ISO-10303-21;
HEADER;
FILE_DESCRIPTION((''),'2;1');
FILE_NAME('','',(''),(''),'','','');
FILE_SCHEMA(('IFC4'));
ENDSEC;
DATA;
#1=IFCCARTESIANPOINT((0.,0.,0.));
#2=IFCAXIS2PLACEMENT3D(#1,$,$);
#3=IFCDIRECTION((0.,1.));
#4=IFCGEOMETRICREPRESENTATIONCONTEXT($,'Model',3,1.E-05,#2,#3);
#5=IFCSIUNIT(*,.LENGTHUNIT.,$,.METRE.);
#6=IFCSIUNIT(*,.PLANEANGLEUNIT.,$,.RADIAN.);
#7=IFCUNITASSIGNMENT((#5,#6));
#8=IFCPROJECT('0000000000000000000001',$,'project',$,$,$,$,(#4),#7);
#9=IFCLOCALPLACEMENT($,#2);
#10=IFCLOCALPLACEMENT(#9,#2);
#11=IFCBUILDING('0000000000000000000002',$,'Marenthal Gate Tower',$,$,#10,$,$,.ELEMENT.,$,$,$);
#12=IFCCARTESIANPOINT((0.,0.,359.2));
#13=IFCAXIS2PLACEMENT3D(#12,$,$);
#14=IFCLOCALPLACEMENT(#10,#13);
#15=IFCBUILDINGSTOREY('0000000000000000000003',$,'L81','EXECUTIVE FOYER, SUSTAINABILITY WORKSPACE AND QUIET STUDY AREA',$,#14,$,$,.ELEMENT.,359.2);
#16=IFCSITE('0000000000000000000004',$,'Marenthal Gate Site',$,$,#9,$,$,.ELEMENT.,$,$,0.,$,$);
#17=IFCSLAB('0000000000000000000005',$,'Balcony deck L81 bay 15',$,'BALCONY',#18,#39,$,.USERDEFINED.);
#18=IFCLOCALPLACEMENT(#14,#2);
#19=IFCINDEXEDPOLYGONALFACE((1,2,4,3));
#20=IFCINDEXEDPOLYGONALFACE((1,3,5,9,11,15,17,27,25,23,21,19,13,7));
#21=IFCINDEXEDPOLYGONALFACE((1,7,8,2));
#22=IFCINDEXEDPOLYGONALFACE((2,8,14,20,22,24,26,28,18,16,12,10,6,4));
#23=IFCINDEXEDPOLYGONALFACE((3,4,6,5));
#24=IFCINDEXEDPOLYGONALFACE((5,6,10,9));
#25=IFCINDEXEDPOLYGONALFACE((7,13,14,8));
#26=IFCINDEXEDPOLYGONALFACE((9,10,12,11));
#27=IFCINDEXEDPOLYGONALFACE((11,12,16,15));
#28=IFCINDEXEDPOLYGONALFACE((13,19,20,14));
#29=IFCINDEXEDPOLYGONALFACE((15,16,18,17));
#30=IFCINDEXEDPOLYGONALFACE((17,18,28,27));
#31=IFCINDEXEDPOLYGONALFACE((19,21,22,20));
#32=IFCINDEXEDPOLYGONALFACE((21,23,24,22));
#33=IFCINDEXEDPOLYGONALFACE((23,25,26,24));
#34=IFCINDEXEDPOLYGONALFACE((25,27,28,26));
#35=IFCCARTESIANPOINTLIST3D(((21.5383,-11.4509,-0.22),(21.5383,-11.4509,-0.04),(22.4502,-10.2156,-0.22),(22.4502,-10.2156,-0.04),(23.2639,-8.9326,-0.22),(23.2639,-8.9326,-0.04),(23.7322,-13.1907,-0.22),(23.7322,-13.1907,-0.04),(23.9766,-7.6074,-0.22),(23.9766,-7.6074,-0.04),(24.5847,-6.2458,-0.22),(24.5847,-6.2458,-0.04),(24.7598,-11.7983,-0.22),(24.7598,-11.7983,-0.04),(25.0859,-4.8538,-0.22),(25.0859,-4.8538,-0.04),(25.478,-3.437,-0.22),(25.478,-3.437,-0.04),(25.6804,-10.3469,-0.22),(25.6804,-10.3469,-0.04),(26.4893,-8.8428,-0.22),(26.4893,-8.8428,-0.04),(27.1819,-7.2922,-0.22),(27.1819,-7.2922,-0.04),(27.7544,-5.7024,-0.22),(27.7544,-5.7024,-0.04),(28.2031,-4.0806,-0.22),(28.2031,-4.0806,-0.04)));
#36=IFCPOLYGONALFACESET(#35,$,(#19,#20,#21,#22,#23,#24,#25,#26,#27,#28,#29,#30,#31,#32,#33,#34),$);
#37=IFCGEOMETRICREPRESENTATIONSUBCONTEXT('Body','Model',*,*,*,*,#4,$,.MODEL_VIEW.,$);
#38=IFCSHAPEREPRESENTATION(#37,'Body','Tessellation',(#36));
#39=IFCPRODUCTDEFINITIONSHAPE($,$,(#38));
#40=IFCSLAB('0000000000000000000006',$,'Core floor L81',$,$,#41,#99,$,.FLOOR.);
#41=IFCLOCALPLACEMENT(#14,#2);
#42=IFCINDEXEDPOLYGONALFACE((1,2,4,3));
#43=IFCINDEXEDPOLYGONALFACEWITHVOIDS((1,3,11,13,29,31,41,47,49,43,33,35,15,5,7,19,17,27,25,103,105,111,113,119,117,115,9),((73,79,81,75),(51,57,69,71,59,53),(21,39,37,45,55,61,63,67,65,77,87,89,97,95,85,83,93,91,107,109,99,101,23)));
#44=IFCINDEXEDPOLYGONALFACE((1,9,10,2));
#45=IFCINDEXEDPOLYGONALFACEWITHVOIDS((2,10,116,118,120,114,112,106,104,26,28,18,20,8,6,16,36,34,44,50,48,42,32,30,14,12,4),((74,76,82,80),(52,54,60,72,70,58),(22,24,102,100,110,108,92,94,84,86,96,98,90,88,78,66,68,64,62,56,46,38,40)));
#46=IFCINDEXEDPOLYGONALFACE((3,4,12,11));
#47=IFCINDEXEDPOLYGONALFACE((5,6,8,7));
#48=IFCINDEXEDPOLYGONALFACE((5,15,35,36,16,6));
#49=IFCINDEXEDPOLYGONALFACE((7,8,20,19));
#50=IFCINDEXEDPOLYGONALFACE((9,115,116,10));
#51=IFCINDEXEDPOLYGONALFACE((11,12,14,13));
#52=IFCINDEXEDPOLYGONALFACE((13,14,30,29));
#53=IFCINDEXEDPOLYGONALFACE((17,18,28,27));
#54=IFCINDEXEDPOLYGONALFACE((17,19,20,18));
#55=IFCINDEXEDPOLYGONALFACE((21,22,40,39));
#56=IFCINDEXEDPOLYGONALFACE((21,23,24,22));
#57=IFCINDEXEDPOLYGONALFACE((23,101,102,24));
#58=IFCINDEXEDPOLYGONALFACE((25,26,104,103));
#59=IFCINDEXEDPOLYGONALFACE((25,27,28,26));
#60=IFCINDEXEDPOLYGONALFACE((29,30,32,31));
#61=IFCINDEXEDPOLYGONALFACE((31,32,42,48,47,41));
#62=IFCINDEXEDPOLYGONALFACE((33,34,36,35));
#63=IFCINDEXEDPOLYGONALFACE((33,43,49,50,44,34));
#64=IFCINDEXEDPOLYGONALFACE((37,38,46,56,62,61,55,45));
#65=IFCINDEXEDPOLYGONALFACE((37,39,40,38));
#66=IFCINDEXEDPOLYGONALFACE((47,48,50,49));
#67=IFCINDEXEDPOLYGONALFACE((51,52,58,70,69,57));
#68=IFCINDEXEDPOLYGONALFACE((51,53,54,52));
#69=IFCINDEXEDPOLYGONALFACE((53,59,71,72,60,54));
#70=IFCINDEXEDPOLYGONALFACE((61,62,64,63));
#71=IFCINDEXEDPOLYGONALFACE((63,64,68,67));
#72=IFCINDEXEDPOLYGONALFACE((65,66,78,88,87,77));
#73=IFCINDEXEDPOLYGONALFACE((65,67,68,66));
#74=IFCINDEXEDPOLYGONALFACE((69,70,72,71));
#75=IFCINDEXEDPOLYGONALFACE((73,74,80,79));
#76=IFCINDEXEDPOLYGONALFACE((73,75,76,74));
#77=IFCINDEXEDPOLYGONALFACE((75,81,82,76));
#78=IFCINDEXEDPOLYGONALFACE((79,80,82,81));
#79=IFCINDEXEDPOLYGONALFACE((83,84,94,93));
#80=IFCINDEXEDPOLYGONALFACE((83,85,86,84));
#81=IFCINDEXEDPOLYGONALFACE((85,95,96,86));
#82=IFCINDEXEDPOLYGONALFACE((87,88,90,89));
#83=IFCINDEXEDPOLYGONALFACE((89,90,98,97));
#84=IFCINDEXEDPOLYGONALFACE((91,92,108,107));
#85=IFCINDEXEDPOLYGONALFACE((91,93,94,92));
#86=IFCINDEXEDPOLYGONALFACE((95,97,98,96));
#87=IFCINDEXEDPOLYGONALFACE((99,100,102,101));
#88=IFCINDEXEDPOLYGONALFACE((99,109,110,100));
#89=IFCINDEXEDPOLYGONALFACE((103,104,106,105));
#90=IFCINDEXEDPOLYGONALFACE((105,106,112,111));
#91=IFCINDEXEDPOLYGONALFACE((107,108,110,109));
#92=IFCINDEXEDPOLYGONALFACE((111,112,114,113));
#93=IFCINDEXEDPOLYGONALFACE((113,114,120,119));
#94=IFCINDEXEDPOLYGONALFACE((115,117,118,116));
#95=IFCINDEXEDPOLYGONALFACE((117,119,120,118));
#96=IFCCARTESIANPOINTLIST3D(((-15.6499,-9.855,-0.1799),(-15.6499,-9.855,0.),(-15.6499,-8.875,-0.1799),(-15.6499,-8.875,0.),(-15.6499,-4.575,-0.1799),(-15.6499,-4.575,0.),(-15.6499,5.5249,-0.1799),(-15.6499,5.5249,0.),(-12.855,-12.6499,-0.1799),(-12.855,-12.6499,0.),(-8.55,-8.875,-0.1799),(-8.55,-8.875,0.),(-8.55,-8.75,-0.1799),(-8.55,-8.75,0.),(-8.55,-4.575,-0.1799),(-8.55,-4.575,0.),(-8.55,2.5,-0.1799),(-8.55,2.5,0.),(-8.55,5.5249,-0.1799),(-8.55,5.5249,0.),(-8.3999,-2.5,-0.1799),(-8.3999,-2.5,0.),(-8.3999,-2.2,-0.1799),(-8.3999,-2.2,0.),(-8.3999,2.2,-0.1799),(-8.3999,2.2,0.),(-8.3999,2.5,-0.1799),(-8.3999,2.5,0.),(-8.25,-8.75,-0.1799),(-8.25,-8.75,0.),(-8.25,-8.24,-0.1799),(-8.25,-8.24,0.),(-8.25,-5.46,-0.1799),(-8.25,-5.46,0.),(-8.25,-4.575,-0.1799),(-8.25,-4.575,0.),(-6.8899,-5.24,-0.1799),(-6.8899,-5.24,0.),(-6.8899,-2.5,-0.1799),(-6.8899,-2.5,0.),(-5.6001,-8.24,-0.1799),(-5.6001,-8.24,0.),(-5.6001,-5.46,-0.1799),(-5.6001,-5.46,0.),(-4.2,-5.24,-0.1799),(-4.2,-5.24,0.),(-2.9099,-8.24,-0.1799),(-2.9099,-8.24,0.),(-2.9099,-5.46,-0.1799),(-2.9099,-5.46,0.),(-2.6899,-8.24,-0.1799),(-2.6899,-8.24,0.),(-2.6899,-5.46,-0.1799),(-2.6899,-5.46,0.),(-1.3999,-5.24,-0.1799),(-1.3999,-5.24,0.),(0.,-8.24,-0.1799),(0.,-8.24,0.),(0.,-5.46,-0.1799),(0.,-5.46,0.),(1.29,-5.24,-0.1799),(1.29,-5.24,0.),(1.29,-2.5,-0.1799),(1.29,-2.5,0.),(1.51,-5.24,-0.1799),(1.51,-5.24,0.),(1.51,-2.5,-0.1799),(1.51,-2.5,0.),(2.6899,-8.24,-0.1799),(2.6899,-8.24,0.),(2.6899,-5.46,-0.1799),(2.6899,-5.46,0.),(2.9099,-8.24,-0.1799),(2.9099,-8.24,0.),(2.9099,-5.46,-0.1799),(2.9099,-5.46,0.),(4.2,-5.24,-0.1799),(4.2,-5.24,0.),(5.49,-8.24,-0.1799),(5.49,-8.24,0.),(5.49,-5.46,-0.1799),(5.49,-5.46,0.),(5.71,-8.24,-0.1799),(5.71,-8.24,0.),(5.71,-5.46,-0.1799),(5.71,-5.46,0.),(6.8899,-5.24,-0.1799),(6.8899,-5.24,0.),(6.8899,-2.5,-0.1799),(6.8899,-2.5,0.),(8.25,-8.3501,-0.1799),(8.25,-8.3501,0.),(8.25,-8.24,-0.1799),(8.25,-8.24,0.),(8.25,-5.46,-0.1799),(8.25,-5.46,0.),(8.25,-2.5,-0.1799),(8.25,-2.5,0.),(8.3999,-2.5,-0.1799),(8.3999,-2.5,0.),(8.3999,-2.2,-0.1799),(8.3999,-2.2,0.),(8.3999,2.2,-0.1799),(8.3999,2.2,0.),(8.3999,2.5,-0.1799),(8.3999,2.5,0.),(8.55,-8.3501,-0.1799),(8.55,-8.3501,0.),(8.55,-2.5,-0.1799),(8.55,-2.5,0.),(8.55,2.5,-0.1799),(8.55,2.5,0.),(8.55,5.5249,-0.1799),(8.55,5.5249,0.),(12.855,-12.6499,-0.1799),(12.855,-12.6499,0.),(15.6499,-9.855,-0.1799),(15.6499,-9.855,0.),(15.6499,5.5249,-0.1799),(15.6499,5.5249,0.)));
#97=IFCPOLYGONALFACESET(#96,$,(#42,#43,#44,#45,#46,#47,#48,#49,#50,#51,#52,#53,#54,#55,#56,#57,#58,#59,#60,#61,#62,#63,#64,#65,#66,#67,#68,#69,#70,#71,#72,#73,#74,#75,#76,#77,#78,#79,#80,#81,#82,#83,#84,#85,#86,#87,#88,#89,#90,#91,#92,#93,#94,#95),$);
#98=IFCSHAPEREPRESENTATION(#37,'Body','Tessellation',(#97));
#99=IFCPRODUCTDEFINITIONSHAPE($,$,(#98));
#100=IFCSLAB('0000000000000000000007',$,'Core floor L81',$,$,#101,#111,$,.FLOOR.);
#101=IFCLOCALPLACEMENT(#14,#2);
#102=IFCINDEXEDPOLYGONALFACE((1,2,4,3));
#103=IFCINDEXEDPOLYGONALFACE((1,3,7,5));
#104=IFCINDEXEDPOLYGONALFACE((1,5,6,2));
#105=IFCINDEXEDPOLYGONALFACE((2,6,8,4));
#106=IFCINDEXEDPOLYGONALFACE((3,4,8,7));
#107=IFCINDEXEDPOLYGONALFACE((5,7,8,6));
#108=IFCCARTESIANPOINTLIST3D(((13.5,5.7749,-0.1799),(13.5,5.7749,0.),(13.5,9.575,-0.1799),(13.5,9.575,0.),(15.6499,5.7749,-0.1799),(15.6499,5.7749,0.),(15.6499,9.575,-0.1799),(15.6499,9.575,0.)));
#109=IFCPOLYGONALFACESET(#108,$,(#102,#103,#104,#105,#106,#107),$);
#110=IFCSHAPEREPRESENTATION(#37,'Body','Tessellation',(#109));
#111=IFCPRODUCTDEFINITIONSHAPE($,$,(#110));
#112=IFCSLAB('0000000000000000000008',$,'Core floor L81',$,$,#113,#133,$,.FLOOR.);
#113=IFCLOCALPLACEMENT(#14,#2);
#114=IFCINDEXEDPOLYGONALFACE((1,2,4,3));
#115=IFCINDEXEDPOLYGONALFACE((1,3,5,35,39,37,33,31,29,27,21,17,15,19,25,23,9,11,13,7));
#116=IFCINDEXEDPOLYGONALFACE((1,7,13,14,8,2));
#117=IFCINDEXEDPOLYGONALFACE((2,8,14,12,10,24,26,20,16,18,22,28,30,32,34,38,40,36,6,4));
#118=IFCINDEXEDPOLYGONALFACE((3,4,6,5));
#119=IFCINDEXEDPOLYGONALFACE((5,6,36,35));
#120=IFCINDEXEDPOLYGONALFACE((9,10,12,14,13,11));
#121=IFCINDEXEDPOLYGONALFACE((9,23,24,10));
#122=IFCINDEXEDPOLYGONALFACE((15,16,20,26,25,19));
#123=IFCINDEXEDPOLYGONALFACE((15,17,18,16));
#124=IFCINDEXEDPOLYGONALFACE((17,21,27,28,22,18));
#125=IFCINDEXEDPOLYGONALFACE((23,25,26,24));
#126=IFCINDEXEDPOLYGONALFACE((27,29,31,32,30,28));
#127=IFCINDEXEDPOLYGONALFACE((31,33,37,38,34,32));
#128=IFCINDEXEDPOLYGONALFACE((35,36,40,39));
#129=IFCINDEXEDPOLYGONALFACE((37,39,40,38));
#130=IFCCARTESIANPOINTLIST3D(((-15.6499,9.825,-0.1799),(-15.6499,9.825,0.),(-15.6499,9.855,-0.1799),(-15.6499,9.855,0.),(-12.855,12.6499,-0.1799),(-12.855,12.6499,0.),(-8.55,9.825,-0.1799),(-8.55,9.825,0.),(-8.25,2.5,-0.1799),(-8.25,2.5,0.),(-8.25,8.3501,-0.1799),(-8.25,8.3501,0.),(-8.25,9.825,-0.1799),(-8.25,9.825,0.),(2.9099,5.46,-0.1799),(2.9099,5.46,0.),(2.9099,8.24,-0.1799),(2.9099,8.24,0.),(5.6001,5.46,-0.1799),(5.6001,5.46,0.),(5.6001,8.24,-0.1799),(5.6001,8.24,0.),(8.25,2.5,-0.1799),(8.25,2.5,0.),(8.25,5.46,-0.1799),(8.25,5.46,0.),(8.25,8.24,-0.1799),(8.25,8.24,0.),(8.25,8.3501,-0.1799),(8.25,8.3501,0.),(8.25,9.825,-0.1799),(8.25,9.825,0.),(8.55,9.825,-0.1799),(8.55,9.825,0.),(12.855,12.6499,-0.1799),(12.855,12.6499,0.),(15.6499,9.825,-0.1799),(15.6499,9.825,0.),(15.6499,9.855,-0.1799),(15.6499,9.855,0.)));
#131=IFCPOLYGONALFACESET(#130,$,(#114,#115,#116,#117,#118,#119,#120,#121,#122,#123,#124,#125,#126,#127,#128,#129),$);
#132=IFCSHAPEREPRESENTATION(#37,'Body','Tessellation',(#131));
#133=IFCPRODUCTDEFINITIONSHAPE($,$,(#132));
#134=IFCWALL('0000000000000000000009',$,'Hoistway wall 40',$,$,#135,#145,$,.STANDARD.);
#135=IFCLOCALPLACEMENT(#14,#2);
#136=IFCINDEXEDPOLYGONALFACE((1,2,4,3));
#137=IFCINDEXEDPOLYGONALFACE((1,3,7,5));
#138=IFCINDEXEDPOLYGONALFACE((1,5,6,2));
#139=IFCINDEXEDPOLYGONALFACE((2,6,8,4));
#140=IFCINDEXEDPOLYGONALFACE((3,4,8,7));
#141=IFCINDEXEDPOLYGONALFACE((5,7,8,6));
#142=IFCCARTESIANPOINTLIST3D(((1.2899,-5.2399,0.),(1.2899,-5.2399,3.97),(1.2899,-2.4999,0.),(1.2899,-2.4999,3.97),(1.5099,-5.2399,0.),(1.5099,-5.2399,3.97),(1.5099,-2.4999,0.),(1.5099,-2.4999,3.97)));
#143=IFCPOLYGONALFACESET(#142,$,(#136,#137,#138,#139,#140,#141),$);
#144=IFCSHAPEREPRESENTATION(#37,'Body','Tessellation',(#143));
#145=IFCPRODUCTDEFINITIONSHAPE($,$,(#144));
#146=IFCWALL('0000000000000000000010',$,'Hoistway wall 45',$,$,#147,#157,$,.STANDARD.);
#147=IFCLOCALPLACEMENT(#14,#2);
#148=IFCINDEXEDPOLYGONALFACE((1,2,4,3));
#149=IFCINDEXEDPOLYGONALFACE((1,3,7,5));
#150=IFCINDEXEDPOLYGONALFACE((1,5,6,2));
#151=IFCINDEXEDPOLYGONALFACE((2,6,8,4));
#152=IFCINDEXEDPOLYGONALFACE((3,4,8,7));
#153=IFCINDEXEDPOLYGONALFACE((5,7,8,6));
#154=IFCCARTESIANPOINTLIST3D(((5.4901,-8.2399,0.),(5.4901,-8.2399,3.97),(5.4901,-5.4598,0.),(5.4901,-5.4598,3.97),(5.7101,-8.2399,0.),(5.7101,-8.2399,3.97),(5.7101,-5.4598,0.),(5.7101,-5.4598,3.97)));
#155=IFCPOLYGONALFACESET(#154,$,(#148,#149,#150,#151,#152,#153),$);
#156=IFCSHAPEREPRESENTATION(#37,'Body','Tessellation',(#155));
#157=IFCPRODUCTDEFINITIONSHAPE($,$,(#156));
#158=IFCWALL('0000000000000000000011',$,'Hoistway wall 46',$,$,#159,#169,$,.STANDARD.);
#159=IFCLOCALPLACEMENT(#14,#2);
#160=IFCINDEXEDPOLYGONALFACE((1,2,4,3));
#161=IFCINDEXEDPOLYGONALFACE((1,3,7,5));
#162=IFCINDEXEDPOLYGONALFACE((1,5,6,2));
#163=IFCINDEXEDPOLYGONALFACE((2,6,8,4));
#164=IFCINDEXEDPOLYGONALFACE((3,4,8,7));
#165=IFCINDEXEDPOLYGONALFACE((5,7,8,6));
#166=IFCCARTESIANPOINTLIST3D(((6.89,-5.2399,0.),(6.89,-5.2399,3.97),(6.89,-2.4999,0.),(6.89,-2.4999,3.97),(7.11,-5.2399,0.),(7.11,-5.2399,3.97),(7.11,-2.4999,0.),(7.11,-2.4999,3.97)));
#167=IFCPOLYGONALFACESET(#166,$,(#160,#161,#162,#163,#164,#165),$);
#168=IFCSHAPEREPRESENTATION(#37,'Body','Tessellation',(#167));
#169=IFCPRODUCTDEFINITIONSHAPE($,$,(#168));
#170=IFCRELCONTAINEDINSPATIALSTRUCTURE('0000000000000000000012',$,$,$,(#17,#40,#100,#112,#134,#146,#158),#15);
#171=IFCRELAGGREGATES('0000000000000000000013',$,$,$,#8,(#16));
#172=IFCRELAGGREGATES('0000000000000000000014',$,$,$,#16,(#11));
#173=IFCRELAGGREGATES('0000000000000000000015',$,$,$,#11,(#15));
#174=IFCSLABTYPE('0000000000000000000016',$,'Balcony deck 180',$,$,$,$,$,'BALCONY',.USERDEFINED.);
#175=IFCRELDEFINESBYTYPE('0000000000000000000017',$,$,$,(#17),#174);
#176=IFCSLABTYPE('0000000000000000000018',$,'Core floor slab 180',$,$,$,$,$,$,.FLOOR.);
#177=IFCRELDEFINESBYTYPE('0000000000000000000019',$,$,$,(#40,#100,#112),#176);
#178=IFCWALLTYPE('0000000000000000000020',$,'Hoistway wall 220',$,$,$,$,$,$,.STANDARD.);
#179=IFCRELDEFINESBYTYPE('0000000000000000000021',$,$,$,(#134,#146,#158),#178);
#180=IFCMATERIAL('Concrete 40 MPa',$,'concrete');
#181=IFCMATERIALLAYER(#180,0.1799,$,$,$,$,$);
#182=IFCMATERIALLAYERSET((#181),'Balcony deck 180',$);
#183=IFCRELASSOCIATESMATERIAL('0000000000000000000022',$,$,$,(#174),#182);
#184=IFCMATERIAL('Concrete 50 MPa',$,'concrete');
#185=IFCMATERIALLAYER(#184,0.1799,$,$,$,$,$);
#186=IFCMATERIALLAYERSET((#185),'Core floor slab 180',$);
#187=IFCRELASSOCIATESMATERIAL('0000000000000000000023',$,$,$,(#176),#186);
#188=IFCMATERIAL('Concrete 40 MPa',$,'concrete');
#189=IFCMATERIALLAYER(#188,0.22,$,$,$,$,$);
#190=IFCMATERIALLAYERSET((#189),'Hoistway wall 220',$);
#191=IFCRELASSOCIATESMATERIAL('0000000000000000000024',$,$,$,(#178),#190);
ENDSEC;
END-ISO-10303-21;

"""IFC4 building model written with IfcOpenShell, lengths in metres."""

from ifc_helpers import new_model, si_unit, direction, frame, frame_2d, origin, place, context, subcontext, project, spatial, polyline, rectangle, outline, extrude, material, layer, layer_set, type_object, element, save


model = new_model("IFC4")

# Units and contexts
model_context = context("Model", 3, precision=1e-05, world=origin(), true_north=direction((0.0, 1.0)))
body_context = subcontext(model_context, "Body", "Model", "MODEL_VIEW")
ifc_project = project(units=[si_unit("LENGTHUNIT", "METRE"), si_unit("PLANEANGLEUNIT", "RADIAN")], contexts=[model_context])

# Site, building, storey
site_placement = place(None, origin())
site = spatial("IfcSite", under=ifc_project, at=site_placement, Name="Marenthal Gate Site", CompositionType="ELEMENT", RefElevation=0.0)
building_placement = place(site_placement, origin())
building = spatial("IfcBuilding", under=site, at=building_placement, Name="Marenthal Gate Tower", CompositionType="ELEMENT")
storey_placement = place(building_placement, frame((0.0, 0.0, 359.2)))
storey = spatial("IfcBuildingStorey", under=building, at=storey_placement, Name="L81", Description="EXECUTIVE FOYER, SUSTAINABILITY WORKSPACE AND QUIET STUDY AREA", CompositionType="ELEMENT", Elevation=359.2)

# Slabs
ifc_material_1 = material(Name="Concrete 40 MPa", Category="concrete")
ifc_layer_1 = layer(ifc_material_1, 0.1799)
ifc_layer_set_1 = layer_set([ifc_layer_1], Name="Balcony deck 180")
slab_type_1 = type_object("IfcSlabType", Name="Balcony deck 180", ElementType="BALCONY", PredefinedType="USERDEFINED", material=ifc_layer_set_1)
slab_1_placement = place(storey_placement, frame((0.0, 0.0, -0.22)))
element("IfcSlab", 1, at=slab_1_placement, inside=storey, type_object=slab_type_1, Name="Balcony deck L81 bay 15", ObjectType="BALCONY", PredefinedType="USERDEFINED", context=body_context, shape_type="SweptSolid", body=[
    extrude(outline(polyline([(21.5383, -11.4509), (22.4502, -10.2156), (23.2639, -8.9326), (23.9766, -7.6074), (24.5847, -6.2458), (25.0859, -4.8538), (25.478, -3.437), (28.2031, -4.0806), (27.7544, -5.7024), (27.1819, -7.2922), (26.4893, -8.8428), (25.6804, -10.3469), (24.7598, -11.7983), (23.7322, -13.1907), (21.5383, -11.4509)])), origin(), (0.0, 0.0, 1.0), 0.1799),
])
ifc_material_2 = material(Name="Concrete 50 MPa", Category="concrete")
ifc_layer_2 = layer(ifc_material_2, 0.1799)
ifc_layer_set_2 = layer_set([ifc_layer_2], Name="Core floor slab 180")
slab_type_2 = type_object("IfcSlabType", Name="Core floor slab 180", PredefinedType="FLOOR", material=ifc_layer_set_2)
slab_2_placement = place(storey_placement, frame((0.0, 0.0, -0.1799)))
element("IfcSlab", 2, at=slab_2_placement, inside=storey, type_object=slab_type_2, Name="Core floor L81", PredefinedType="FLOOR", context=body_context, shape_type="SweptSolid", body=[
    extrude(outline(polyline([(12.855, -12.6499), (-12.855, -12.6499), (-15.6499, -9.855), (-15.6499, -8.875), (-8.55, -8.875), (-8.55, -8.75), (-8.25, -8.75), (-8.25, -8.24), (-5.6001, -8.24), (-2.9099, -8.24), (-2.9099, -5.46), (-5.6001, -5.46), (-8.25, -5.46), (-8.25, -4.575), (-8.55, -4.575), (-15.6499, -4.575), (-15.6499, 5.5249), (-8.55, 5.5249), (-8.55, 2.5), (-8.3999, 2.5), (-8.3999, 2.2), (8.3999, 2.2), (8.3999, 2.5), (8.55, 2.5), (8.55, 5.5249), (15.6499, 5.5249), (15.6499, -9.855), (12.855, -12.6499)]), holes=[polyline([(0.0, -8.24), (2.6899, -8.24), (2.6899, -5.46), (0.0, -5.46), (-2.6899, -5.46), (-2.6899, -8.24), (0.0, -8.24)]), polyline([(1.29, -5.24), (1.29, -2.5), (1.51, -2.5), (1.51, -5.24), (4.2, -5.24), (6.8899, -5.24), (6.8899, -2.5), (8.25, -2.5), (8.25, -5.46), (5.71, -5.46), (5.71, -8.24), (8.25, -8.24), (8.25, -8.3501), (8.55, -8.3501), (8.55, -2.5), (8.3999, -2.5), (8.3999, -2.2), (-8.3999, -2.2), (-8.3999, -2.5), (-6.8899, -2.5), (-6.8899, -5.24), (-4.2, -5.24), (-1.3999, -5.24), (1.29, -5.24)]), polyline([(5.49, -5.46), (2.9099, -5.46), (2.9099, -8.24), (5.49, -8.24), (5.49, -5.46)])]), origin(), (0.0, 0.0, 1.0), 0.1799),
])
slab_3_placement = place(storey_placement, frame((0.0, 0.0, -0.1799)))
element("IfcSlab", 3, at=slab_3_placement, inside=storey, type_object=slab_type_2, Name="Core floor L81", PredefinedType="FLOOR", context=body_context, shape_type="SweptSolid", body=[
    extrude(outline(polyline([(15.6499, 5.7749), (13.5, 5.7749), (13.5, 9.575), (15.6499, 9.575), (15.6499, 5.7749)])), origin(), (0.0, 0.0, 1.0), 0.1799),
])
slab_4_placement = place(storey_placement, frame((0.0, 0.0, -0.1799)))
element("IfcSlab", 4, at=slab_4_placement, inside=storey, type_object=slab_type_2, Name="Core floor L81", PredefinedType="FLOOR", context=body_context, shape_type="SweptSolid", body=[
    extrude(outline(polyline([(15.6499, 9.825), (8.55, 9.825), (8.25, 9.825), (8.25, 8.3501), (8.25, 8.24), (5.6001, 8.24), (2.9099, 8.24), (2.9099, 5.46), (5.6001, 5.46), (8.25, 5.46), (8.25, 2.5), (-8.25, 2.5), (-8.25, 8.3501), (-8.25, 9.825), (-8.55, 9.825), (-15.6499, 9.825), (-15.6499, 9.855), (-12.855, 12.6499), (12.855, 12.6499), (15.6499, 9.855), (15.6499, 9.825)])), origin(), (0.0, 0.0, 1.0), 0.1799),
])

# Walls
ifc_material_3 = material(Name="Concrete 40 MPa", Category="concrete")
ifc_layer_3 = layer(ifc_material_3, 0.22)
ifc_layer_set_3 = layer_set([ifc_layer_3], Name="Hoistway wall 220")
wall_type_1 = type_object("IfcWallType", Name="Hoistway wall 220", PredefinedType="STANDARD", material=ifc_layer_set_3)
wall_1_placement = place(storey_placement, frame((1.3999, -5.24, 0.0), z_axis=(0.0, 0.0, 1.0), x_axis=(0.0, 1.0, 0.0)))
element("IfcWall", 5, at=wall_1_placement, inside=storey, type_object=wall_type_1, Name="Hoistway wall 40", PredefinedType="STANDARD", context=body_context, shape_type="SweptSolid", body=[
    extrude(rectangle(XDim=2.74, YDim=0.22, at=frame_2d((1.3701, 0.0))), origin(), (0.0, 0.0, 1.0), 3.97),
])
wall_2_placement = place(storey_placement, frame((5.6001, -8.24, 0.0), z_axis=(0.0, 0.0, 1.0), x_axis=(0.0, 1.0, 0.0)))
element("IfcWall", 6, at=wall_2_placement, inside=storey, type_object=wall_type_1, Name="Hoistway wall 45", PredefinedType="STANDARD", context=body_context, shape_type="SweptSolid", body=[
    extrude(rectangle(XDim=2.78, YDim=0.22, at=frame_2d((1.3901, 0.0))), origin(), (0.0, 0.0, 1.0), 3.97),
])
wall_3_placement = place(storey_placement, frame((7.0, -5.24, 0.0), z_axis=(0.0, 0.0, 1.0), x_axis=(0.0, 1.0, 0.0)))
element("IfcWall", 7, at=wall_3_placement, inside=storey, type_object=wall_type_1, Name="Hoistway wall 46", PredefinedType="STANDARD", context=body_context, shape_type="SweptSolid", body=[
    extrude(rectangle(XDim=2.74, YDim=0.22, at=frame_2d((1.3701, 0.0))), origin(), (0.0, 0.0, 1.0), 3.97),
])

save(model, "model.ifc")
